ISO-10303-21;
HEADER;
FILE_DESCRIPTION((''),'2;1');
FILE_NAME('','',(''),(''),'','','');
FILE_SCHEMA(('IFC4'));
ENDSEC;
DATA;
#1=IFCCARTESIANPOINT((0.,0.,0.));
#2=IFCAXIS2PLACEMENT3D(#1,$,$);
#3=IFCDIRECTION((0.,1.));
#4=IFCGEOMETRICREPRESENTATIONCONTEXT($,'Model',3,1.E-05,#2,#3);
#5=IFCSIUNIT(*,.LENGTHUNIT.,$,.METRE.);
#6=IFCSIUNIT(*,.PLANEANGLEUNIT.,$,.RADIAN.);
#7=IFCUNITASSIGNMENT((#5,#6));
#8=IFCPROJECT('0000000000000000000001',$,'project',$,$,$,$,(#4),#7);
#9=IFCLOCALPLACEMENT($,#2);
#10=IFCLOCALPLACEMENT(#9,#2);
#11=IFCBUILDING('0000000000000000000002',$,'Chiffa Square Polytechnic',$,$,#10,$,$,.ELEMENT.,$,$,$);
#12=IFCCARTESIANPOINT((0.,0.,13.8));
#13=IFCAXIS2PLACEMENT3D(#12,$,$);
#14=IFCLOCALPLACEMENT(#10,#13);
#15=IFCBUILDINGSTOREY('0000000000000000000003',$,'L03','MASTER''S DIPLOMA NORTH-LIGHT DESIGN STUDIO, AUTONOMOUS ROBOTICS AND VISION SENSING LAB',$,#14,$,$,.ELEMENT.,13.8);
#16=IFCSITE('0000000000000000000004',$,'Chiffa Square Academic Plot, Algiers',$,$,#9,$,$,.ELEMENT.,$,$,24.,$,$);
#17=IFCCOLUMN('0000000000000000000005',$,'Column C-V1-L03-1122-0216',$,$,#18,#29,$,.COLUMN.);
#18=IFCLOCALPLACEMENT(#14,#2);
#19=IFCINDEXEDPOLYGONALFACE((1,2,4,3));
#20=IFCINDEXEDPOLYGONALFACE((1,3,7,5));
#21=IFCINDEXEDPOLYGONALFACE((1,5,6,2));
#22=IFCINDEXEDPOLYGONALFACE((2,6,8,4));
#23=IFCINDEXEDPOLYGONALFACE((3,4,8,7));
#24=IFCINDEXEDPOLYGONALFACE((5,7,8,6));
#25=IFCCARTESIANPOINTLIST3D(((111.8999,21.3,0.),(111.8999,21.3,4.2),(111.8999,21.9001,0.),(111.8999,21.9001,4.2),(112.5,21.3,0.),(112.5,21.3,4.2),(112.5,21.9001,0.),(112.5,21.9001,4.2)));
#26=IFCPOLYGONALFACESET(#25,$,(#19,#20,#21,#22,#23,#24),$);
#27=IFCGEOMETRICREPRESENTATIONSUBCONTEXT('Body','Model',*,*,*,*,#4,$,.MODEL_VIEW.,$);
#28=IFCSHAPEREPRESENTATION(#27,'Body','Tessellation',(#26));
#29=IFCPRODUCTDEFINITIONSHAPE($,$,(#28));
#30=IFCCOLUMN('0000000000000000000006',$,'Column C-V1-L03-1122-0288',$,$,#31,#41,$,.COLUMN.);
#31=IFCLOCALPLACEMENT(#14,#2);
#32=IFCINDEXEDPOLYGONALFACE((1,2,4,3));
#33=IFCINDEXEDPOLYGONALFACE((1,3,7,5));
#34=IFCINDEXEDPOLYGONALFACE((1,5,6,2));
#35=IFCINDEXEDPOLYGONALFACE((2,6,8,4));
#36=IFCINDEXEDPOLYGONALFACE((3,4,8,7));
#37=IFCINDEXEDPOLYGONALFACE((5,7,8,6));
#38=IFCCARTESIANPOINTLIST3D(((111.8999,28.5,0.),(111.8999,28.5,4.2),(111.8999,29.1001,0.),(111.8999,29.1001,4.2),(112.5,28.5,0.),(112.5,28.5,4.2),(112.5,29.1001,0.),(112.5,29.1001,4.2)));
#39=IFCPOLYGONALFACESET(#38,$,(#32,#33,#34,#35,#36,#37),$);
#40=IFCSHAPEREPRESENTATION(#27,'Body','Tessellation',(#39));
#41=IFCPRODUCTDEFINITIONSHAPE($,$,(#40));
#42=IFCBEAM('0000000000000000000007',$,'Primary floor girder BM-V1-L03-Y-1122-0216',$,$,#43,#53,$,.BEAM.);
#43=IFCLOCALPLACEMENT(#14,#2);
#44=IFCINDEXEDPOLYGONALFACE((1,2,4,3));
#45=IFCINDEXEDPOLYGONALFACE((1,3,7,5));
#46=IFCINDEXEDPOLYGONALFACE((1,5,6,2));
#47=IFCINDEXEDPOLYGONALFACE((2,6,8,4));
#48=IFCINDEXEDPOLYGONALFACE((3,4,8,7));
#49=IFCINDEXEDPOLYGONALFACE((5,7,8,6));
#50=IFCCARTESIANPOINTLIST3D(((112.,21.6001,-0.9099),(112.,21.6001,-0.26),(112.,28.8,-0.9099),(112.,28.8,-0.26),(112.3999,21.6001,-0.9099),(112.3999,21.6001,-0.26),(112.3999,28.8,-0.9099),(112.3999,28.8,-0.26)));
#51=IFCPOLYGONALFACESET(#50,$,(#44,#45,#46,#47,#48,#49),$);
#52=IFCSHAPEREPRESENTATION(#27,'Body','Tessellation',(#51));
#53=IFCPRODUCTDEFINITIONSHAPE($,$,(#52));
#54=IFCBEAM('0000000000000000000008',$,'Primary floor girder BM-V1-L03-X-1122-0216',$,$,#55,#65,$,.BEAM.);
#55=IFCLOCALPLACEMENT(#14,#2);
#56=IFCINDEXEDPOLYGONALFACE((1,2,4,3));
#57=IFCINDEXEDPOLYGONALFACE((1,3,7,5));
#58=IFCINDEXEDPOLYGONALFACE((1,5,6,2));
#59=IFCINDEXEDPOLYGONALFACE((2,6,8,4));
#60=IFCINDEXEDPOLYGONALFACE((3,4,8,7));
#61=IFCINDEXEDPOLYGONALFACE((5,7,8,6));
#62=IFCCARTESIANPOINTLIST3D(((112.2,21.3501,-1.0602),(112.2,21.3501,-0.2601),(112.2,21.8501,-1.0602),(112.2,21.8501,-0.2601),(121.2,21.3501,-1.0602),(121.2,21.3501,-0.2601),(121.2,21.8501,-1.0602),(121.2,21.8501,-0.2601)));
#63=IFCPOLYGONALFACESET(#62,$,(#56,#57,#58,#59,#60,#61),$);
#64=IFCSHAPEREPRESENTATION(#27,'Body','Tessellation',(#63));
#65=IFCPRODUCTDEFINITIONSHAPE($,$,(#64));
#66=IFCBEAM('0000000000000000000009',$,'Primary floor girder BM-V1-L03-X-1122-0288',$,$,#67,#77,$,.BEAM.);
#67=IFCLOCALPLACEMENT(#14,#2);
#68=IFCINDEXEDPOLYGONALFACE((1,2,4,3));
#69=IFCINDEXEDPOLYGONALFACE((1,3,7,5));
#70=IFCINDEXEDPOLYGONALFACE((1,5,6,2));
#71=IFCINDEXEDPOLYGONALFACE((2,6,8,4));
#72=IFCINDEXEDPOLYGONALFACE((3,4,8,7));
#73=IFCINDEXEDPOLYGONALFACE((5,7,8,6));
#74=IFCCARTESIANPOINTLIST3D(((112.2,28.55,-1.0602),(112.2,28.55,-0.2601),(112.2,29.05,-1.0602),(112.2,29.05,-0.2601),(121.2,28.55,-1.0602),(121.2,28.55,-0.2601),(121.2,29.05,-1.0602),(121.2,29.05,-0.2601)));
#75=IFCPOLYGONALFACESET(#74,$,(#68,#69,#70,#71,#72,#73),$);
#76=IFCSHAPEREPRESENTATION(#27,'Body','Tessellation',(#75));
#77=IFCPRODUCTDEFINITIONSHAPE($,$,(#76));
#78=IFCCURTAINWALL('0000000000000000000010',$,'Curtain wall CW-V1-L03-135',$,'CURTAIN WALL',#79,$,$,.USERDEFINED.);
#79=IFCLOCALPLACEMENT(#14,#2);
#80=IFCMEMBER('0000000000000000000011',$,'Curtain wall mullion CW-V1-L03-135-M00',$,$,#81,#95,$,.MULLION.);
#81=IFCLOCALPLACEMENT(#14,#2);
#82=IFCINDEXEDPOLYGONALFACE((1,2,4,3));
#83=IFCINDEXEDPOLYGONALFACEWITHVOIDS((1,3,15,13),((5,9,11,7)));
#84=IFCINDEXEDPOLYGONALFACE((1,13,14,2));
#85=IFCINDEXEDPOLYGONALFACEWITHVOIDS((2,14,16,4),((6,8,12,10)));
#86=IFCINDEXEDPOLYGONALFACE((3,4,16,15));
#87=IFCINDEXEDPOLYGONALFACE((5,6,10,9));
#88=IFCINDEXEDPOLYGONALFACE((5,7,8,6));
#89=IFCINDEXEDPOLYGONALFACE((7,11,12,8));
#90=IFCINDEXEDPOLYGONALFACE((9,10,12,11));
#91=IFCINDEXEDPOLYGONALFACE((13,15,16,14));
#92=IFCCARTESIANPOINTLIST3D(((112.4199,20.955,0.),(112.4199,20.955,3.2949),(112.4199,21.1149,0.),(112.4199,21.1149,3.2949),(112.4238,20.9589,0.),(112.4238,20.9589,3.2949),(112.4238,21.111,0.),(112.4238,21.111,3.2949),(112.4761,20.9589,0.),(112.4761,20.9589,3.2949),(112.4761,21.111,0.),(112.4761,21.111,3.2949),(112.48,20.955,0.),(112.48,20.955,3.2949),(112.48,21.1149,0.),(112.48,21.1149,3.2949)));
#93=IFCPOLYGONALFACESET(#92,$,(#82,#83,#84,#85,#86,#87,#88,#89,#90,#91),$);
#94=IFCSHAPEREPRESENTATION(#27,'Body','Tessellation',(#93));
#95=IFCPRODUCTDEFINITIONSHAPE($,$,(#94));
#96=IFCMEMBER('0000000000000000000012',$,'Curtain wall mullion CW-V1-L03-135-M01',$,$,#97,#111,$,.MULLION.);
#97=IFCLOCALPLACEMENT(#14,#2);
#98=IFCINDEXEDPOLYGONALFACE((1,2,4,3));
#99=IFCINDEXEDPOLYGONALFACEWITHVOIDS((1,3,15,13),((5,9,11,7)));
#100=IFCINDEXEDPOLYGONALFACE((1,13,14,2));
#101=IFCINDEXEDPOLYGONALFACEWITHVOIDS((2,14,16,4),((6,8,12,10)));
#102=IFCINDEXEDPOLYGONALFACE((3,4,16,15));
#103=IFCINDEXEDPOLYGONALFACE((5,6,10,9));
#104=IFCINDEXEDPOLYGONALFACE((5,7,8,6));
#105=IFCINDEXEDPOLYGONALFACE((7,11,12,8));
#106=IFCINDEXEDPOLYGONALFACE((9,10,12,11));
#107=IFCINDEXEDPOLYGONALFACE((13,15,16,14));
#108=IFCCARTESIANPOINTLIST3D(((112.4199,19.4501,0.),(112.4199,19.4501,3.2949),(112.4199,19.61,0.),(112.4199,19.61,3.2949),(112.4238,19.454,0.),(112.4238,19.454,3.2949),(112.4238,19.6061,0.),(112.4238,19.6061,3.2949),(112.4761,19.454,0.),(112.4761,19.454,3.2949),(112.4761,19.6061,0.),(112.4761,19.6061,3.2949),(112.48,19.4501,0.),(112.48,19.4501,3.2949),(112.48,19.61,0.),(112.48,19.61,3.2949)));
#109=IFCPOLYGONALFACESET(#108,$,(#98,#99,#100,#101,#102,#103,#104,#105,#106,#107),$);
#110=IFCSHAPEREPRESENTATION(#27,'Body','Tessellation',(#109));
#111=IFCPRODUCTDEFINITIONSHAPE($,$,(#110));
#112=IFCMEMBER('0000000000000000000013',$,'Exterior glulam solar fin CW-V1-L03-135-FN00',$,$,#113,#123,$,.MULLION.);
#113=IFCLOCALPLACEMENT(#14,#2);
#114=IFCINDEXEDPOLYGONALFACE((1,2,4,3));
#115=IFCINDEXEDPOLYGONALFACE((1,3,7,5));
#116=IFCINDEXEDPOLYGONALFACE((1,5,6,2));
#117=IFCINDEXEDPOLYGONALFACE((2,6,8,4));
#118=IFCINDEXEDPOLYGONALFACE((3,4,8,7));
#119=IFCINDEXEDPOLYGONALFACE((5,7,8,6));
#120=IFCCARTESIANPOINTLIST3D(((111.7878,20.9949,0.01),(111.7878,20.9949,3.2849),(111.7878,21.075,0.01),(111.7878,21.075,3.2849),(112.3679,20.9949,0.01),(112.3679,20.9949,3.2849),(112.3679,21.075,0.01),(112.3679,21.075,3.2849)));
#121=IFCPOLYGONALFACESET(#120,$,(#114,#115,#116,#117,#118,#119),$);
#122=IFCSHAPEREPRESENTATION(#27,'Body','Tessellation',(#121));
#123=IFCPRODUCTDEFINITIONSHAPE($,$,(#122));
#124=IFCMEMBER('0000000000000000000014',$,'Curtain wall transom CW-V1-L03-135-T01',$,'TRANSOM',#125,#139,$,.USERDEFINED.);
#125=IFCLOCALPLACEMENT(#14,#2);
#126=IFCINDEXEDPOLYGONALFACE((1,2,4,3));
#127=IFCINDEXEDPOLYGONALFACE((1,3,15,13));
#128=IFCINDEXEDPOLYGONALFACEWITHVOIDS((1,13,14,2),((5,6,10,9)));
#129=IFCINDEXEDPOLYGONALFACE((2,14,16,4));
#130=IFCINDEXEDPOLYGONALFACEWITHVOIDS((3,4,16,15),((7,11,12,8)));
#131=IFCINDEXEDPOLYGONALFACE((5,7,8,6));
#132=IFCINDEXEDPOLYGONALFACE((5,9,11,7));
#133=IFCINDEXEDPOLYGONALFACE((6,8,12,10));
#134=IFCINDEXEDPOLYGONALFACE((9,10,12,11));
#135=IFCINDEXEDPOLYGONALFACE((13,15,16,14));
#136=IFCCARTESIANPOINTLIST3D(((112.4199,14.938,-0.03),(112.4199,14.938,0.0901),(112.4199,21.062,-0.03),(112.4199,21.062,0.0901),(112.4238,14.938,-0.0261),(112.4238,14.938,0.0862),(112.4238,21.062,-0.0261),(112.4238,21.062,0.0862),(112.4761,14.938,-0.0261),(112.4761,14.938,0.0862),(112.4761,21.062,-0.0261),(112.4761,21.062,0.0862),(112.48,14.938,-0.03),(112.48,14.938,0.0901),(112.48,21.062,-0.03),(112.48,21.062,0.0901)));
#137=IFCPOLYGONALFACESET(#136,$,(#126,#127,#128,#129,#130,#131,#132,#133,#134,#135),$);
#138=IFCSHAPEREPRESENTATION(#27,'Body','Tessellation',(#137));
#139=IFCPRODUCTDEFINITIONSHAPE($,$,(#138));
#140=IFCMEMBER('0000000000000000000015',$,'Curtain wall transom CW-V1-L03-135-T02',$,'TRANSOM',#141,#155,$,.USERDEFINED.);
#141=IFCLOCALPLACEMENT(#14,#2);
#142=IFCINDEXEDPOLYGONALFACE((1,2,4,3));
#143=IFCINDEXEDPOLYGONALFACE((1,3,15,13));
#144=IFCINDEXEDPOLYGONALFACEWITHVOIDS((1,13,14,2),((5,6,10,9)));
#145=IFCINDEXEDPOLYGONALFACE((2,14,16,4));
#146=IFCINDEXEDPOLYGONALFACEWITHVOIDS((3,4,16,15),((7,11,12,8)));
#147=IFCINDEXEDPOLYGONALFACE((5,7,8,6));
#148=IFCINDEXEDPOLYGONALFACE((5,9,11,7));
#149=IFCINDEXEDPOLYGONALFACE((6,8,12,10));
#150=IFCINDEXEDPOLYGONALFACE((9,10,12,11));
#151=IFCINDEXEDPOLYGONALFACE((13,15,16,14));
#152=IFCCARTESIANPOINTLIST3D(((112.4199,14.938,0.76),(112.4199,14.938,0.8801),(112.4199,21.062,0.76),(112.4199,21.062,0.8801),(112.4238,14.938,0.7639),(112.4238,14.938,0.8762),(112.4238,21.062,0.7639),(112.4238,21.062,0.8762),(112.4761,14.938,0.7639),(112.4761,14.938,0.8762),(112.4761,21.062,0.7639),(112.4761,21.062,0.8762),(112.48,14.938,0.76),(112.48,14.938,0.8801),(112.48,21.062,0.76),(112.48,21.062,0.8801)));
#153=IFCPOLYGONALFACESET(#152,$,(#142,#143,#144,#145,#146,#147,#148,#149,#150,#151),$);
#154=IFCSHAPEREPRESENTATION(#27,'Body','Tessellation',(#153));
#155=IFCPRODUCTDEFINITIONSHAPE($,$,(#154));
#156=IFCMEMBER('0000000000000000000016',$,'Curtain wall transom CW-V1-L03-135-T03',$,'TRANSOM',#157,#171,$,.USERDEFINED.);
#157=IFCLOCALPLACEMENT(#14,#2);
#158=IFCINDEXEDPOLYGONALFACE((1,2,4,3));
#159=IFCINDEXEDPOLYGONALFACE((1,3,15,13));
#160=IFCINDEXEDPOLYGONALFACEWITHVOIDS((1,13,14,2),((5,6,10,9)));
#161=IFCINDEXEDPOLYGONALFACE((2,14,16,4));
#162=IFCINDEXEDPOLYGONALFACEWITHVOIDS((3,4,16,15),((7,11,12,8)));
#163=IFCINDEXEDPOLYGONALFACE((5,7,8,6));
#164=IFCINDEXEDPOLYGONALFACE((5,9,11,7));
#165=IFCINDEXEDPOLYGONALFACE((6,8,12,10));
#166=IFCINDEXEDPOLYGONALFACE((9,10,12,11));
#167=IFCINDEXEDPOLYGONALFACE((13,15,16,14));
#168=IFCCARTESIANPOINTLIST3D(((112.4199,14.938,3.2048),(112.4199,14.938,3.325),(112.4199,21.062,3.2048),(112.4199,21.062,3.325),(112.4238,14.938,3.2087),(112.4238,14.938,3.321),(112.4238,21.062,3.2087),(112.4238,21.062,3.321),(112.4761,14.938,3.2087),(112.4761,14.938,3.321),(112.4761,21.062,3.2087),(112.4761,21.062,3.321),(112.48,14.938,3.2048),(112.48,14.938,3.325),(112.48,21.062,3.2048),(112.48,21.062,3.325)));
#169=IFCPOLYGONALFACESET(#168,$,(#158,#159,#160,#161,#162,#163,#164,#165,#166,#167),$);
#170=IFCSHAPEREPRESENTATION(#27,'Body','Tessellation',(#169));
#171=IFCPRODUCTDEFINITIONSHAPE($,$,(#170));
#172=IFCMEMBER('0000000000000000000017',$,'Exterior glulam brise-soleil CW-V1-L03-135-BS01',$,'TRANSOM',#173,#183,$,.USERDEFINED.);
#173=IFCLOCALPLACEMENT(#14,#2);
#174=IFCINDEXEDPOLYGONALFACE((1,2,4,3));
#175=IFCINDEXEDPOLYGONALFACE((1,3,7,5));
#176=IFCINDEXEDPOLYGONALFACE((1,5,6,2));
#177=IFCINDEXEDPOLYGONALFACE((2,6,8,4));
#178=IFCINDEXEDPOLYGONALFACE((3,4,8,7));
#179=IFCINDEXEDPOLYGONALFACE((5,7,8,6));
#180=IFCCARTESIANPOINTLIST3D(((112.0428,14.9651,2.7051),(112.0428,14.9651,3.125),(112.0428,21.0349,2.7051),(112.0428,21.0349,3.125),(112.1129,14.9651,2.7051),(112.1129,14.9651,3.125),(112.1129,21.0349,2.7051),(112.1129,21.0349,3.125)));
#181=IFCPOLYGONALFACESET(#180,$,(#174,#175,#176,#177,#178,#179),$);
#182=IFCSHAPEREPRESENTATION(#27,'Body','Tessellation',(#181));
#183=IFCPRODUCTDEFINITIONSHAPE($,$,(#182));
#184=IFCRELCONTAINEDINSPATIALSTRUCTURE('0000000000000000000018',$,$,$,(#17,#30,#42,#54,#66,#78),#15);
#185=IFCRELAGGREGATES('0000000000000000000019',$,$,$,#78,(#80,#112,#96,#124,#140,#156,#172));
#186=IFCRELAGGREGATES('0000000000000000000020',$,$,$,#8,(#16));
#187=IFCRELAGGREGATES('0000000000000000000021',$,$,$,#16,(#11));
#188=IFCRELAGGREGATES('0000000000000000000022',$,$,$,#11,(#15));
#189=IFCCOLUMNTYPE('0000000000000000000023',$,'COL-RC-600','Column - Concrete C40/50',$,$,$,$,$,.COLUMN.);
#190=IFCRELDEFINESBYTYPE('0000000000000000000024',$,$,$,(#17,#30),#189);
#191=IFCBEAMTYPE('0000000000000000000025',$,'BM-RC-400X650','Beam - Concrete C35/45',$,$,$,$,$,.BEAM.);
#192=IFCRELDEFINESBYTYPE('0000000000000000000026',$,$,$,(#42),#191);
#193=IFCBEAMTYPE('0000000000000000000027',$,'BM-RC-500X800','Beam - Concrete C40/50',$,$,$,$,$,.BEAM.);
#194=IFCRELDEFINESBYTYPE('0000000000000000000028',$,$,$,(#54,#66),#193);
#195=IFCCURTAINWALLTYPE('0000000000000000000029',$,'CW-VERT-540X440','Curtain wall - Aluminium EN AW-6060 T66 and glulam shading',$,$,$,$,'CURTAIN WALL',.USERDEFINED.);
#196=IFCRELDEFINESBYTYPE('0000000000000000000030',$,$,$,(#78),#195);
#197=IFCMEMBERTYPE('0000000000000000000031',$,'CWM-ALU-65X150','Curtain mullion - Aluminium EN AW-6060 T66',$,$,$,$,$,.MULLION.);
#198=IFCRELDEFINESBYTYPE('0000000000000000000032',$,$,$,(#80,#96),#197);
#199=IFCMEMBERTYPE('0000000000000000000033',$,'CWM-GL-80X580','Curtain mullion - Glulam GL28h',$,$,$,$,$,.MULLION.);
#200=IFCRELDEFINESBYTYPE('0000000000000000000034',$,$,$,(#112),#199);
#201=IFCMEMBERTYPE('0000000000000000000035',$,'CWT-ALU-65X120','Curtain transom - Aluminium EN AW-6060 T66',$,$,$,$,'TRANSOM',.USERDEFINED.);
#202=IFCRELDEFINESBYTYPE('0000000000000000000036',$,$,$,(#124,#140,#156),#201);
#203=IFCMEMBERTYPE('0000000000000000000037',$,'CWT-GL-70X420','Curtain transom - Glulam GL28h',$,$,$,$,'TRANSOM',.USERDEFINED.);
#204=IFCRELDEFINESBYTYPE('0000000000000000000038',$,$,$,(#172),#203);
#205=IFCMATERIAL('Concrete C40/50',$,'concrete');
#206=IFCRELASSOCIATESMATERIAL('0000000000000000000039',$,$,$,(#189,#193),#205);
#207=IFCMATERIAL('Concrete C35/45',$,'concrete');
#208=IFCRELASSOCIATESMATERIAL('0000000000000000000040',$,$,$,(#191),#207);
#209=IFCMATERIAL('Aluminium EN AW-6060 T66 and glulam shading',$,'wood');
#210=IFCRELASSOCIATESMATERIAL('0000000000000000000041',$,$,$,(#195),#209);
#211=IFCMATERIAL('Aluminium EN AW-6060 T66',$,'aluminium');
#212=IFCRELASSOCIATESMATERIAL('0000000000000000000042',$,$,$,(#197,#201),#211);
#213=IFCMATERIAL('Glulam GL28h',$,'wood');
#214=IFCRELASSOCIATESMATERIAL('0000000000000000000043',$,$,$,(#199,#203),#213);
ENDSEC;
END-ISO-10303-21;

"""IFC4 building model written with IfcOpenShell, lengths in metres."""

from ifc_helpers import new_model, si_unit, direction, frame, origin, origin_2d, place, context, subcontext, project, spatial, rectangle, hollow_rectangle, extrude, material, material_profile, profile_set, type_object, element, aggregate, save


model = new_model("IFC4")

# Units and contexts
model_context = context("Model", 3, precision=1e-05, world=origin(), true_north=direction((0.0, 1.0)))
body_context = subcontext(model_context, "Body", "Model", "MODEL_VIEW")
ifc_project = project(units=[si_unit("LENGTHUNIT", "METRE"), si_unit("PLANEANGLEUNIT", "RADIAN")], contexts=[model_context])

# Site, building, storey
site_placement = place(None, origin())
site = spatial("IfcSite", under=ifc_project, at=site_placement, Name="Chiffa Square Academic Plot, Algiers", CompositionType="ELEMENT", RefElevation=24.0)
building_placement = place(site_placement, origin())
building = spatial("IfcBuilding", under=site, at=building_placement, Name="Chiffa Square Polytechnic", CompositionType="ELEMENT")
storey_placement = place(building_placement, frame((0.0, 0.0, 13.8)))
storey = spatial("IfcBuildingStorey", under=building, at=storey_placement, Name="L03", Description="MASTER'S DIPLOMA NORTH-LIGHT DESIGN STUDIO, AUTONOMOUS ROBOTICS AND VISION SENSING LAB", CompositionType="ELEMENT", Elevation=13.8)

# Columns
ifc_material_1 = material(Name="Concrete C40/50", Category="concrete")
ifc_material_profile_1 = material_profile(ifc_material_1, rectangle(XDim=0.6001, YDim=0.6001, at=origin_2d()), Name="RC 600x600")
ifc_profile_set_1 = profile_set([ifc_material_profile_1], Name="Concrete C40/50")
column_type = type_object("IfcColumnType", Name="COL-RC-600", Description="Column - Concrete C40/50", PredefinedType="COLUMN", material=ifc_profile_set_1)
for number, where, z_axis, x_axis, name in (
    (1, (112.2, 21.6001, 0.0), (0.0, 0.0, 1.0), (1.0, 0.0, 0.0), "Column C-V1-L03-1122-0216"),
    (2, (112.2, 28.8, 0.0), (0.0, 0.0, 1.0), (1.0, 0.0, 0.0), "Column C-V1-L03-1122-0288"),
):
    element("IfcColumn", number, at=place(storey_placement, frame(where, z_axis=z_axis, x_axis=x_axis)), inside=storey, type_object=column_type, Name=name, PredefinedType="COLUMN", context=body_context, shape_type="SweptSolid", body=[
        extrude(rectangle(XDim=0.6001, YDim=0.6001, at=origin_2d()), origin(), (0.0, 0.0, 1.0), 4.2),
    ])

# Beams
ifc_material_2 = material(Name="Concrete C35/45", Category="concrete")
ifc_material_profile_2 = material_profile(ifc_material_2, rectangle(XDim=0.3999, YDim=0.6499, at=origin_2d()), Name="RC 400x650")
ifc_profile_set_2 = profile_set([ifc_material_profile_2], Name="Concrete C35/45")
beam_type_1 = type_object("IfcBeamType", Name="BM-RC-400X650", Description="Beam - Concrete C35/45", PredefinedType="BEAM", material=ifc_profile_set_2)
beam_placement = place(storey_placement, frame((112.2, 21.6001, -0.585), z_axis=(0.0, 1.0, 0.0), x_axis=(-1.0, 0.0, 0.0)))
element("IfcBeam", 3, at=beam_placement, inside=storey, type_object=beam_type_1, Name="Primary floor girder BM-V1-L03-Y-1122-0216", PredefinedType="BEAM", context=body_context, shape_type="SweptSolid", body=[
    extrude(rectangle(XDim=0.3999, YDim=0.6499, at=origin_2d()), origin(), (0.0, 0.0, 1.0), 7.2),
])
ifc_material_profile_3 = material_profile(ifc_material_1, rectangle(XDim=0.5, YDim=0.8, at=origin_2d()), Name="RC 500x800")
ifc_profile_set_3 = profile_set([ifc_material_profile_3], Name="Concrete C40/50")
beam_type_2 = type_object("IfcBeamType", Name="BM-RC-500X800", Description="Beam - Concrete C40/50", PredefinedType="BEAM", material=ifc_profile_set_3)
for number, where, z_axis, x_axis, name in (
    (4, (112.2, 21.6001, -0.6602), (1.0, 0.0, 0.0), (0.0, 1.0, 0.0), "Primary floor girder BM-V1-L03-X-1122-0216"),
    (5, (112.2, 28.8, -0.6602), (1.0, 0.0, 0.0), (0.0, 1.0, 0.0), "Primary floor girder BM-V1-L03-X-1122-0288"),
):
    element("IfcBeam", number, at=place(storey_placement, frame(where, z_axis=z_axis, x_axis=x_axis)), inside=storey, type_object=beam_type_2, Name=name, PredefinedType="BEAM", context=body_context, shape_type="SweptSolid", body=[
        extrude(rectangle(XDim=0.5, YDim=0.8, at=origin_2d()), origin(), (0.0, 0.0, 1.0), 9.0),
    ])

# Curtain wall, members
ifc_material_3 = material(Name="Aluminium EN AW-6060 T66 and glulam shading", Category="wood")
curtain_wall_type = type_object("IfcCurtainWallType", Name="CW-VERT-540X440", Description="Curtain wall - Aluminium EN AW-6060 T66 and glulam shading", ElementType="CURTAIN WALL", PredefinedType="USERDEFINED", material=ifc_material_3)
curtain_wall_placement = place(storey_placement, origin())
curtain_wall = element("IfcCurtainWall", 6, at=curtain_wall_placement, inside=storey, type_object=curtain_wall_type, Name="Curtain wall CW-V1-L03-135", ObjectType="CURTAIN WALL", PredefinedType="USERDEFINED")
ifc_material_4 = material(Name="Aluminium EN AW-6060 T66", Category="aluminium")
ifc_material_profile_4 = material_profile(ifc_material_4, hollow_rectangle(XDim=0.0601, YDim=0.1599, WallThickness=0.0039, at=origin_2d()), Name="ALU 60x160x4")
ifc_profile_set_4 = profile_set([ifc_material_profile_4], Name="Aluminium EN AW-6060 T66")
member_type_1 = type_object("IfcMemberType", Name="CWM-ALU-65X150", Description="Curtain mullion - Aluminium EN AW-6060 T66", PredefinedType="MULLION", material=ifc_profile_set_4)
member_1_placement = place(storey_placement, frame((112.45, 21.0349, 0.0), z_axis=(0.0, 0.0, 1.0), x_axis=(1.0, 0.0, 0.0)))
member_1 = element("IfcMember", 7, at=member_1_placement, type_object=member_type_1, Name="Curtain wall mullion CW-V1-L03-135-M00", PredefinedType="MULLION", context=body_context, shape_type="SweptSolid", body=[
    extrude(hollow_rectangle(XDim=0.0601, YDim=0.1599, WallThickness=0.0039, at=origin_2d()), origin(), (0.0, 0.0, 1.0), 3.2949),
])
member_2_placement = place(storey_placement, frame((112.45, 19.53, 0.0), z_axis=(0.0, 0.0, 1.0), x_axis=(1.0, 0.0, 0.0)))
member_2 = element("IfcMember", 8, at=member_2_placement, type_object=member_type_1, Name="Curtain wall mullion CW-V1-L03-135-M01", PredefinedType="MULLION", context=body_context, shape_type="SweptSolid", body=[
    extrude(hollow_rectangle(XDim=0.0601, YDim=0.1599, WallThickness=0.0039, at=origin_2d()), origin(), (0.0, 0.0, 1.0), 3.2949),
])
ifc_material_5 = material(Name="Glulam GL28h", Category="wood")
ifc_material_profile_5 = material_profile(ifc_material_5, rectangle(XDim=0.0801, YDim=0.5801, at=origin_2d()), Name="GL28h 80x580")
ifc_profile_set_5 = profile_set([ifc_material_profile_5], Name="Glulam GL28h")
member_type_2 = type_object("IfcMemberType", Name="CWM-GL-80X580", Description="Curtain mullion - Glulam GL28h", PredefinedType="MULLION", material=ifc_profile_set_5)
member_3_placement = place(storey_placement, frame((112.0779, 21.0349, 0.01), z_axis=(0.0, 0.0, 1.0), x_axis=(0.0, -1.0, 0.0)))
member_3 = element("IfcMember", 9, at=member_3_placement, type_object=member_type_2, Name="Exterior glulam solar fin CW-V1-L03-135-FN00", PredefinedType="MULLION", context=body_context, shape_type="SweptSolid", body=[
    extrude(rectangle(XDim=0.0801, YDim=0.5801, at=origin_2d()), origin(), (0.0, 0.0, 1.0), 3.2749),
])
ifc_material_profile_6 = material_profile(ifc_material_4, hollow_rectangle(XDim=0.0601, YDim=0.1201, WallThickness=0.0039, at=origin_2d()), Name="ALU 60x120x4")
ifc_profile_set_6 = profile_set([ifc_material_profile_6], Name="Aluminium EN AW-6060 T66")
member_type_3 = type_object("IfcMemberType", Name="CWT-ALU-65X120", Description="Curtain transom - Aluminium EN AW-6060 T66", ElementType="TRANSOM", PredefinedType="USERDEFINED", material=ifc_profile_set_6)
member_4_placement = place(storey_placement, frame((112.45, 21.062, 0.03), z_axis=(0.0, -1.0, 0.0), x_axis=(1.0, 0.0, 0.0)))
member_4 = element("IfcMember", 10, at=member_4_placement, type_object=member_type_3, Name="Curtain wall transom CW-V1-L03-135-T01", ObjectType="TRANSOM", PredefinedType="USERDEFINED", context=body_context, shape_type="SweptSolid", body=[
    extrude(hollow_rectangle(XDim=0.0601, YDim=0.1201, WallThickness=0.0039, at=origin_2d()), origin(), (0.0, 0.0, 1.0), 6.124),
])
member_5_placement = place(storey_placement, frame((112.45, 21.062, 0.8201), z_axis=(0.0, -1.0, 0.0), x_axis=(1.0, 0.0, 0.0)))
member_5 = element("IfcMember", 11, at=member_5_placement, type_object=member_type_3, Name="Curtain wall transom CW-V1-L03-135-T02", ObjectType="TRANSOM", PredefinedType="USERDEFINED", context=body_context, shape_type="SweptSolid", body=[
    extrude(hollow_rectangle(XDim=0.0601, YDim=0.1201, WallThickness=0.0039, at=origin_2d()), origin(), (0.0, 0.0, 1.0), 6.124),
])
member_6_placement = place(storey_placement, frame((112.45, 21.062, 3.2649), z_axis=(0.0, -1.0, 0.0), x_axis=(1.0, 0.0, 0.0)))
member_6 = element("IfcMember", 12, at=member_6_placement, type_object=member_type_3, Name="Curtain wall transom CW-V1-L03-135-T03", ObjectType="TRANSOM", PredefinedType="USERDEFINED", context=body_context, shape_type="SweptSolid", body=[
    extrude(hollow_rectangle(XDim=0.0601, YDim=0.1201, WallThickness=0.0039, at=origin_2d()), origin(), (0.0, 0.0, 1.0), 6.124),
])
ifc_material_profile_7 = material_profile(ifc_material_5, rectangle(XDim=0.0701, YDim=0.4199, at=origin_2d()), Name="GL28h 70x420")
ifc_profile_set_7 = profile_set([ifc_material_profile_7], Name="Glulam GL28h")
member_type_4 = type_object("IfcMemberType", Name="CWT-GL-70X420", Description="Curtain transom - Glulam GL28h", ElementType="TRANSOM", PredefinedType="USERDEFINED", material=ifc_profile_set_7)
member_7_placement = place(storey_placement, frame((112.0779, 21.0349, 2.915), z_axis=(0.0, -1.0, 0.0), x_axis=(1.0, 0.0, 0.0)))
member_7 = element("IfcMember", 13, at=member_7_placement, type_object=member_type_4, Name="Exterior glulam brise-soleil CW-V1-L03-135-BS01", ObjectType="TRANSOM", PredefinedType="USERDEFINED", context=body_context, shape_type="SweptSolid", body=[
    extrude(rectangle(XDim=0.0701, YDim=0.4199, at=origin_2d()), origin(), (0.0, 0.0, 1.0), 6.0698),
])
aggregate(curtain_wall, [member_1, member_3, member_2, member_4, member_5, member_6, member_7])

save(model, "model.ifc")
